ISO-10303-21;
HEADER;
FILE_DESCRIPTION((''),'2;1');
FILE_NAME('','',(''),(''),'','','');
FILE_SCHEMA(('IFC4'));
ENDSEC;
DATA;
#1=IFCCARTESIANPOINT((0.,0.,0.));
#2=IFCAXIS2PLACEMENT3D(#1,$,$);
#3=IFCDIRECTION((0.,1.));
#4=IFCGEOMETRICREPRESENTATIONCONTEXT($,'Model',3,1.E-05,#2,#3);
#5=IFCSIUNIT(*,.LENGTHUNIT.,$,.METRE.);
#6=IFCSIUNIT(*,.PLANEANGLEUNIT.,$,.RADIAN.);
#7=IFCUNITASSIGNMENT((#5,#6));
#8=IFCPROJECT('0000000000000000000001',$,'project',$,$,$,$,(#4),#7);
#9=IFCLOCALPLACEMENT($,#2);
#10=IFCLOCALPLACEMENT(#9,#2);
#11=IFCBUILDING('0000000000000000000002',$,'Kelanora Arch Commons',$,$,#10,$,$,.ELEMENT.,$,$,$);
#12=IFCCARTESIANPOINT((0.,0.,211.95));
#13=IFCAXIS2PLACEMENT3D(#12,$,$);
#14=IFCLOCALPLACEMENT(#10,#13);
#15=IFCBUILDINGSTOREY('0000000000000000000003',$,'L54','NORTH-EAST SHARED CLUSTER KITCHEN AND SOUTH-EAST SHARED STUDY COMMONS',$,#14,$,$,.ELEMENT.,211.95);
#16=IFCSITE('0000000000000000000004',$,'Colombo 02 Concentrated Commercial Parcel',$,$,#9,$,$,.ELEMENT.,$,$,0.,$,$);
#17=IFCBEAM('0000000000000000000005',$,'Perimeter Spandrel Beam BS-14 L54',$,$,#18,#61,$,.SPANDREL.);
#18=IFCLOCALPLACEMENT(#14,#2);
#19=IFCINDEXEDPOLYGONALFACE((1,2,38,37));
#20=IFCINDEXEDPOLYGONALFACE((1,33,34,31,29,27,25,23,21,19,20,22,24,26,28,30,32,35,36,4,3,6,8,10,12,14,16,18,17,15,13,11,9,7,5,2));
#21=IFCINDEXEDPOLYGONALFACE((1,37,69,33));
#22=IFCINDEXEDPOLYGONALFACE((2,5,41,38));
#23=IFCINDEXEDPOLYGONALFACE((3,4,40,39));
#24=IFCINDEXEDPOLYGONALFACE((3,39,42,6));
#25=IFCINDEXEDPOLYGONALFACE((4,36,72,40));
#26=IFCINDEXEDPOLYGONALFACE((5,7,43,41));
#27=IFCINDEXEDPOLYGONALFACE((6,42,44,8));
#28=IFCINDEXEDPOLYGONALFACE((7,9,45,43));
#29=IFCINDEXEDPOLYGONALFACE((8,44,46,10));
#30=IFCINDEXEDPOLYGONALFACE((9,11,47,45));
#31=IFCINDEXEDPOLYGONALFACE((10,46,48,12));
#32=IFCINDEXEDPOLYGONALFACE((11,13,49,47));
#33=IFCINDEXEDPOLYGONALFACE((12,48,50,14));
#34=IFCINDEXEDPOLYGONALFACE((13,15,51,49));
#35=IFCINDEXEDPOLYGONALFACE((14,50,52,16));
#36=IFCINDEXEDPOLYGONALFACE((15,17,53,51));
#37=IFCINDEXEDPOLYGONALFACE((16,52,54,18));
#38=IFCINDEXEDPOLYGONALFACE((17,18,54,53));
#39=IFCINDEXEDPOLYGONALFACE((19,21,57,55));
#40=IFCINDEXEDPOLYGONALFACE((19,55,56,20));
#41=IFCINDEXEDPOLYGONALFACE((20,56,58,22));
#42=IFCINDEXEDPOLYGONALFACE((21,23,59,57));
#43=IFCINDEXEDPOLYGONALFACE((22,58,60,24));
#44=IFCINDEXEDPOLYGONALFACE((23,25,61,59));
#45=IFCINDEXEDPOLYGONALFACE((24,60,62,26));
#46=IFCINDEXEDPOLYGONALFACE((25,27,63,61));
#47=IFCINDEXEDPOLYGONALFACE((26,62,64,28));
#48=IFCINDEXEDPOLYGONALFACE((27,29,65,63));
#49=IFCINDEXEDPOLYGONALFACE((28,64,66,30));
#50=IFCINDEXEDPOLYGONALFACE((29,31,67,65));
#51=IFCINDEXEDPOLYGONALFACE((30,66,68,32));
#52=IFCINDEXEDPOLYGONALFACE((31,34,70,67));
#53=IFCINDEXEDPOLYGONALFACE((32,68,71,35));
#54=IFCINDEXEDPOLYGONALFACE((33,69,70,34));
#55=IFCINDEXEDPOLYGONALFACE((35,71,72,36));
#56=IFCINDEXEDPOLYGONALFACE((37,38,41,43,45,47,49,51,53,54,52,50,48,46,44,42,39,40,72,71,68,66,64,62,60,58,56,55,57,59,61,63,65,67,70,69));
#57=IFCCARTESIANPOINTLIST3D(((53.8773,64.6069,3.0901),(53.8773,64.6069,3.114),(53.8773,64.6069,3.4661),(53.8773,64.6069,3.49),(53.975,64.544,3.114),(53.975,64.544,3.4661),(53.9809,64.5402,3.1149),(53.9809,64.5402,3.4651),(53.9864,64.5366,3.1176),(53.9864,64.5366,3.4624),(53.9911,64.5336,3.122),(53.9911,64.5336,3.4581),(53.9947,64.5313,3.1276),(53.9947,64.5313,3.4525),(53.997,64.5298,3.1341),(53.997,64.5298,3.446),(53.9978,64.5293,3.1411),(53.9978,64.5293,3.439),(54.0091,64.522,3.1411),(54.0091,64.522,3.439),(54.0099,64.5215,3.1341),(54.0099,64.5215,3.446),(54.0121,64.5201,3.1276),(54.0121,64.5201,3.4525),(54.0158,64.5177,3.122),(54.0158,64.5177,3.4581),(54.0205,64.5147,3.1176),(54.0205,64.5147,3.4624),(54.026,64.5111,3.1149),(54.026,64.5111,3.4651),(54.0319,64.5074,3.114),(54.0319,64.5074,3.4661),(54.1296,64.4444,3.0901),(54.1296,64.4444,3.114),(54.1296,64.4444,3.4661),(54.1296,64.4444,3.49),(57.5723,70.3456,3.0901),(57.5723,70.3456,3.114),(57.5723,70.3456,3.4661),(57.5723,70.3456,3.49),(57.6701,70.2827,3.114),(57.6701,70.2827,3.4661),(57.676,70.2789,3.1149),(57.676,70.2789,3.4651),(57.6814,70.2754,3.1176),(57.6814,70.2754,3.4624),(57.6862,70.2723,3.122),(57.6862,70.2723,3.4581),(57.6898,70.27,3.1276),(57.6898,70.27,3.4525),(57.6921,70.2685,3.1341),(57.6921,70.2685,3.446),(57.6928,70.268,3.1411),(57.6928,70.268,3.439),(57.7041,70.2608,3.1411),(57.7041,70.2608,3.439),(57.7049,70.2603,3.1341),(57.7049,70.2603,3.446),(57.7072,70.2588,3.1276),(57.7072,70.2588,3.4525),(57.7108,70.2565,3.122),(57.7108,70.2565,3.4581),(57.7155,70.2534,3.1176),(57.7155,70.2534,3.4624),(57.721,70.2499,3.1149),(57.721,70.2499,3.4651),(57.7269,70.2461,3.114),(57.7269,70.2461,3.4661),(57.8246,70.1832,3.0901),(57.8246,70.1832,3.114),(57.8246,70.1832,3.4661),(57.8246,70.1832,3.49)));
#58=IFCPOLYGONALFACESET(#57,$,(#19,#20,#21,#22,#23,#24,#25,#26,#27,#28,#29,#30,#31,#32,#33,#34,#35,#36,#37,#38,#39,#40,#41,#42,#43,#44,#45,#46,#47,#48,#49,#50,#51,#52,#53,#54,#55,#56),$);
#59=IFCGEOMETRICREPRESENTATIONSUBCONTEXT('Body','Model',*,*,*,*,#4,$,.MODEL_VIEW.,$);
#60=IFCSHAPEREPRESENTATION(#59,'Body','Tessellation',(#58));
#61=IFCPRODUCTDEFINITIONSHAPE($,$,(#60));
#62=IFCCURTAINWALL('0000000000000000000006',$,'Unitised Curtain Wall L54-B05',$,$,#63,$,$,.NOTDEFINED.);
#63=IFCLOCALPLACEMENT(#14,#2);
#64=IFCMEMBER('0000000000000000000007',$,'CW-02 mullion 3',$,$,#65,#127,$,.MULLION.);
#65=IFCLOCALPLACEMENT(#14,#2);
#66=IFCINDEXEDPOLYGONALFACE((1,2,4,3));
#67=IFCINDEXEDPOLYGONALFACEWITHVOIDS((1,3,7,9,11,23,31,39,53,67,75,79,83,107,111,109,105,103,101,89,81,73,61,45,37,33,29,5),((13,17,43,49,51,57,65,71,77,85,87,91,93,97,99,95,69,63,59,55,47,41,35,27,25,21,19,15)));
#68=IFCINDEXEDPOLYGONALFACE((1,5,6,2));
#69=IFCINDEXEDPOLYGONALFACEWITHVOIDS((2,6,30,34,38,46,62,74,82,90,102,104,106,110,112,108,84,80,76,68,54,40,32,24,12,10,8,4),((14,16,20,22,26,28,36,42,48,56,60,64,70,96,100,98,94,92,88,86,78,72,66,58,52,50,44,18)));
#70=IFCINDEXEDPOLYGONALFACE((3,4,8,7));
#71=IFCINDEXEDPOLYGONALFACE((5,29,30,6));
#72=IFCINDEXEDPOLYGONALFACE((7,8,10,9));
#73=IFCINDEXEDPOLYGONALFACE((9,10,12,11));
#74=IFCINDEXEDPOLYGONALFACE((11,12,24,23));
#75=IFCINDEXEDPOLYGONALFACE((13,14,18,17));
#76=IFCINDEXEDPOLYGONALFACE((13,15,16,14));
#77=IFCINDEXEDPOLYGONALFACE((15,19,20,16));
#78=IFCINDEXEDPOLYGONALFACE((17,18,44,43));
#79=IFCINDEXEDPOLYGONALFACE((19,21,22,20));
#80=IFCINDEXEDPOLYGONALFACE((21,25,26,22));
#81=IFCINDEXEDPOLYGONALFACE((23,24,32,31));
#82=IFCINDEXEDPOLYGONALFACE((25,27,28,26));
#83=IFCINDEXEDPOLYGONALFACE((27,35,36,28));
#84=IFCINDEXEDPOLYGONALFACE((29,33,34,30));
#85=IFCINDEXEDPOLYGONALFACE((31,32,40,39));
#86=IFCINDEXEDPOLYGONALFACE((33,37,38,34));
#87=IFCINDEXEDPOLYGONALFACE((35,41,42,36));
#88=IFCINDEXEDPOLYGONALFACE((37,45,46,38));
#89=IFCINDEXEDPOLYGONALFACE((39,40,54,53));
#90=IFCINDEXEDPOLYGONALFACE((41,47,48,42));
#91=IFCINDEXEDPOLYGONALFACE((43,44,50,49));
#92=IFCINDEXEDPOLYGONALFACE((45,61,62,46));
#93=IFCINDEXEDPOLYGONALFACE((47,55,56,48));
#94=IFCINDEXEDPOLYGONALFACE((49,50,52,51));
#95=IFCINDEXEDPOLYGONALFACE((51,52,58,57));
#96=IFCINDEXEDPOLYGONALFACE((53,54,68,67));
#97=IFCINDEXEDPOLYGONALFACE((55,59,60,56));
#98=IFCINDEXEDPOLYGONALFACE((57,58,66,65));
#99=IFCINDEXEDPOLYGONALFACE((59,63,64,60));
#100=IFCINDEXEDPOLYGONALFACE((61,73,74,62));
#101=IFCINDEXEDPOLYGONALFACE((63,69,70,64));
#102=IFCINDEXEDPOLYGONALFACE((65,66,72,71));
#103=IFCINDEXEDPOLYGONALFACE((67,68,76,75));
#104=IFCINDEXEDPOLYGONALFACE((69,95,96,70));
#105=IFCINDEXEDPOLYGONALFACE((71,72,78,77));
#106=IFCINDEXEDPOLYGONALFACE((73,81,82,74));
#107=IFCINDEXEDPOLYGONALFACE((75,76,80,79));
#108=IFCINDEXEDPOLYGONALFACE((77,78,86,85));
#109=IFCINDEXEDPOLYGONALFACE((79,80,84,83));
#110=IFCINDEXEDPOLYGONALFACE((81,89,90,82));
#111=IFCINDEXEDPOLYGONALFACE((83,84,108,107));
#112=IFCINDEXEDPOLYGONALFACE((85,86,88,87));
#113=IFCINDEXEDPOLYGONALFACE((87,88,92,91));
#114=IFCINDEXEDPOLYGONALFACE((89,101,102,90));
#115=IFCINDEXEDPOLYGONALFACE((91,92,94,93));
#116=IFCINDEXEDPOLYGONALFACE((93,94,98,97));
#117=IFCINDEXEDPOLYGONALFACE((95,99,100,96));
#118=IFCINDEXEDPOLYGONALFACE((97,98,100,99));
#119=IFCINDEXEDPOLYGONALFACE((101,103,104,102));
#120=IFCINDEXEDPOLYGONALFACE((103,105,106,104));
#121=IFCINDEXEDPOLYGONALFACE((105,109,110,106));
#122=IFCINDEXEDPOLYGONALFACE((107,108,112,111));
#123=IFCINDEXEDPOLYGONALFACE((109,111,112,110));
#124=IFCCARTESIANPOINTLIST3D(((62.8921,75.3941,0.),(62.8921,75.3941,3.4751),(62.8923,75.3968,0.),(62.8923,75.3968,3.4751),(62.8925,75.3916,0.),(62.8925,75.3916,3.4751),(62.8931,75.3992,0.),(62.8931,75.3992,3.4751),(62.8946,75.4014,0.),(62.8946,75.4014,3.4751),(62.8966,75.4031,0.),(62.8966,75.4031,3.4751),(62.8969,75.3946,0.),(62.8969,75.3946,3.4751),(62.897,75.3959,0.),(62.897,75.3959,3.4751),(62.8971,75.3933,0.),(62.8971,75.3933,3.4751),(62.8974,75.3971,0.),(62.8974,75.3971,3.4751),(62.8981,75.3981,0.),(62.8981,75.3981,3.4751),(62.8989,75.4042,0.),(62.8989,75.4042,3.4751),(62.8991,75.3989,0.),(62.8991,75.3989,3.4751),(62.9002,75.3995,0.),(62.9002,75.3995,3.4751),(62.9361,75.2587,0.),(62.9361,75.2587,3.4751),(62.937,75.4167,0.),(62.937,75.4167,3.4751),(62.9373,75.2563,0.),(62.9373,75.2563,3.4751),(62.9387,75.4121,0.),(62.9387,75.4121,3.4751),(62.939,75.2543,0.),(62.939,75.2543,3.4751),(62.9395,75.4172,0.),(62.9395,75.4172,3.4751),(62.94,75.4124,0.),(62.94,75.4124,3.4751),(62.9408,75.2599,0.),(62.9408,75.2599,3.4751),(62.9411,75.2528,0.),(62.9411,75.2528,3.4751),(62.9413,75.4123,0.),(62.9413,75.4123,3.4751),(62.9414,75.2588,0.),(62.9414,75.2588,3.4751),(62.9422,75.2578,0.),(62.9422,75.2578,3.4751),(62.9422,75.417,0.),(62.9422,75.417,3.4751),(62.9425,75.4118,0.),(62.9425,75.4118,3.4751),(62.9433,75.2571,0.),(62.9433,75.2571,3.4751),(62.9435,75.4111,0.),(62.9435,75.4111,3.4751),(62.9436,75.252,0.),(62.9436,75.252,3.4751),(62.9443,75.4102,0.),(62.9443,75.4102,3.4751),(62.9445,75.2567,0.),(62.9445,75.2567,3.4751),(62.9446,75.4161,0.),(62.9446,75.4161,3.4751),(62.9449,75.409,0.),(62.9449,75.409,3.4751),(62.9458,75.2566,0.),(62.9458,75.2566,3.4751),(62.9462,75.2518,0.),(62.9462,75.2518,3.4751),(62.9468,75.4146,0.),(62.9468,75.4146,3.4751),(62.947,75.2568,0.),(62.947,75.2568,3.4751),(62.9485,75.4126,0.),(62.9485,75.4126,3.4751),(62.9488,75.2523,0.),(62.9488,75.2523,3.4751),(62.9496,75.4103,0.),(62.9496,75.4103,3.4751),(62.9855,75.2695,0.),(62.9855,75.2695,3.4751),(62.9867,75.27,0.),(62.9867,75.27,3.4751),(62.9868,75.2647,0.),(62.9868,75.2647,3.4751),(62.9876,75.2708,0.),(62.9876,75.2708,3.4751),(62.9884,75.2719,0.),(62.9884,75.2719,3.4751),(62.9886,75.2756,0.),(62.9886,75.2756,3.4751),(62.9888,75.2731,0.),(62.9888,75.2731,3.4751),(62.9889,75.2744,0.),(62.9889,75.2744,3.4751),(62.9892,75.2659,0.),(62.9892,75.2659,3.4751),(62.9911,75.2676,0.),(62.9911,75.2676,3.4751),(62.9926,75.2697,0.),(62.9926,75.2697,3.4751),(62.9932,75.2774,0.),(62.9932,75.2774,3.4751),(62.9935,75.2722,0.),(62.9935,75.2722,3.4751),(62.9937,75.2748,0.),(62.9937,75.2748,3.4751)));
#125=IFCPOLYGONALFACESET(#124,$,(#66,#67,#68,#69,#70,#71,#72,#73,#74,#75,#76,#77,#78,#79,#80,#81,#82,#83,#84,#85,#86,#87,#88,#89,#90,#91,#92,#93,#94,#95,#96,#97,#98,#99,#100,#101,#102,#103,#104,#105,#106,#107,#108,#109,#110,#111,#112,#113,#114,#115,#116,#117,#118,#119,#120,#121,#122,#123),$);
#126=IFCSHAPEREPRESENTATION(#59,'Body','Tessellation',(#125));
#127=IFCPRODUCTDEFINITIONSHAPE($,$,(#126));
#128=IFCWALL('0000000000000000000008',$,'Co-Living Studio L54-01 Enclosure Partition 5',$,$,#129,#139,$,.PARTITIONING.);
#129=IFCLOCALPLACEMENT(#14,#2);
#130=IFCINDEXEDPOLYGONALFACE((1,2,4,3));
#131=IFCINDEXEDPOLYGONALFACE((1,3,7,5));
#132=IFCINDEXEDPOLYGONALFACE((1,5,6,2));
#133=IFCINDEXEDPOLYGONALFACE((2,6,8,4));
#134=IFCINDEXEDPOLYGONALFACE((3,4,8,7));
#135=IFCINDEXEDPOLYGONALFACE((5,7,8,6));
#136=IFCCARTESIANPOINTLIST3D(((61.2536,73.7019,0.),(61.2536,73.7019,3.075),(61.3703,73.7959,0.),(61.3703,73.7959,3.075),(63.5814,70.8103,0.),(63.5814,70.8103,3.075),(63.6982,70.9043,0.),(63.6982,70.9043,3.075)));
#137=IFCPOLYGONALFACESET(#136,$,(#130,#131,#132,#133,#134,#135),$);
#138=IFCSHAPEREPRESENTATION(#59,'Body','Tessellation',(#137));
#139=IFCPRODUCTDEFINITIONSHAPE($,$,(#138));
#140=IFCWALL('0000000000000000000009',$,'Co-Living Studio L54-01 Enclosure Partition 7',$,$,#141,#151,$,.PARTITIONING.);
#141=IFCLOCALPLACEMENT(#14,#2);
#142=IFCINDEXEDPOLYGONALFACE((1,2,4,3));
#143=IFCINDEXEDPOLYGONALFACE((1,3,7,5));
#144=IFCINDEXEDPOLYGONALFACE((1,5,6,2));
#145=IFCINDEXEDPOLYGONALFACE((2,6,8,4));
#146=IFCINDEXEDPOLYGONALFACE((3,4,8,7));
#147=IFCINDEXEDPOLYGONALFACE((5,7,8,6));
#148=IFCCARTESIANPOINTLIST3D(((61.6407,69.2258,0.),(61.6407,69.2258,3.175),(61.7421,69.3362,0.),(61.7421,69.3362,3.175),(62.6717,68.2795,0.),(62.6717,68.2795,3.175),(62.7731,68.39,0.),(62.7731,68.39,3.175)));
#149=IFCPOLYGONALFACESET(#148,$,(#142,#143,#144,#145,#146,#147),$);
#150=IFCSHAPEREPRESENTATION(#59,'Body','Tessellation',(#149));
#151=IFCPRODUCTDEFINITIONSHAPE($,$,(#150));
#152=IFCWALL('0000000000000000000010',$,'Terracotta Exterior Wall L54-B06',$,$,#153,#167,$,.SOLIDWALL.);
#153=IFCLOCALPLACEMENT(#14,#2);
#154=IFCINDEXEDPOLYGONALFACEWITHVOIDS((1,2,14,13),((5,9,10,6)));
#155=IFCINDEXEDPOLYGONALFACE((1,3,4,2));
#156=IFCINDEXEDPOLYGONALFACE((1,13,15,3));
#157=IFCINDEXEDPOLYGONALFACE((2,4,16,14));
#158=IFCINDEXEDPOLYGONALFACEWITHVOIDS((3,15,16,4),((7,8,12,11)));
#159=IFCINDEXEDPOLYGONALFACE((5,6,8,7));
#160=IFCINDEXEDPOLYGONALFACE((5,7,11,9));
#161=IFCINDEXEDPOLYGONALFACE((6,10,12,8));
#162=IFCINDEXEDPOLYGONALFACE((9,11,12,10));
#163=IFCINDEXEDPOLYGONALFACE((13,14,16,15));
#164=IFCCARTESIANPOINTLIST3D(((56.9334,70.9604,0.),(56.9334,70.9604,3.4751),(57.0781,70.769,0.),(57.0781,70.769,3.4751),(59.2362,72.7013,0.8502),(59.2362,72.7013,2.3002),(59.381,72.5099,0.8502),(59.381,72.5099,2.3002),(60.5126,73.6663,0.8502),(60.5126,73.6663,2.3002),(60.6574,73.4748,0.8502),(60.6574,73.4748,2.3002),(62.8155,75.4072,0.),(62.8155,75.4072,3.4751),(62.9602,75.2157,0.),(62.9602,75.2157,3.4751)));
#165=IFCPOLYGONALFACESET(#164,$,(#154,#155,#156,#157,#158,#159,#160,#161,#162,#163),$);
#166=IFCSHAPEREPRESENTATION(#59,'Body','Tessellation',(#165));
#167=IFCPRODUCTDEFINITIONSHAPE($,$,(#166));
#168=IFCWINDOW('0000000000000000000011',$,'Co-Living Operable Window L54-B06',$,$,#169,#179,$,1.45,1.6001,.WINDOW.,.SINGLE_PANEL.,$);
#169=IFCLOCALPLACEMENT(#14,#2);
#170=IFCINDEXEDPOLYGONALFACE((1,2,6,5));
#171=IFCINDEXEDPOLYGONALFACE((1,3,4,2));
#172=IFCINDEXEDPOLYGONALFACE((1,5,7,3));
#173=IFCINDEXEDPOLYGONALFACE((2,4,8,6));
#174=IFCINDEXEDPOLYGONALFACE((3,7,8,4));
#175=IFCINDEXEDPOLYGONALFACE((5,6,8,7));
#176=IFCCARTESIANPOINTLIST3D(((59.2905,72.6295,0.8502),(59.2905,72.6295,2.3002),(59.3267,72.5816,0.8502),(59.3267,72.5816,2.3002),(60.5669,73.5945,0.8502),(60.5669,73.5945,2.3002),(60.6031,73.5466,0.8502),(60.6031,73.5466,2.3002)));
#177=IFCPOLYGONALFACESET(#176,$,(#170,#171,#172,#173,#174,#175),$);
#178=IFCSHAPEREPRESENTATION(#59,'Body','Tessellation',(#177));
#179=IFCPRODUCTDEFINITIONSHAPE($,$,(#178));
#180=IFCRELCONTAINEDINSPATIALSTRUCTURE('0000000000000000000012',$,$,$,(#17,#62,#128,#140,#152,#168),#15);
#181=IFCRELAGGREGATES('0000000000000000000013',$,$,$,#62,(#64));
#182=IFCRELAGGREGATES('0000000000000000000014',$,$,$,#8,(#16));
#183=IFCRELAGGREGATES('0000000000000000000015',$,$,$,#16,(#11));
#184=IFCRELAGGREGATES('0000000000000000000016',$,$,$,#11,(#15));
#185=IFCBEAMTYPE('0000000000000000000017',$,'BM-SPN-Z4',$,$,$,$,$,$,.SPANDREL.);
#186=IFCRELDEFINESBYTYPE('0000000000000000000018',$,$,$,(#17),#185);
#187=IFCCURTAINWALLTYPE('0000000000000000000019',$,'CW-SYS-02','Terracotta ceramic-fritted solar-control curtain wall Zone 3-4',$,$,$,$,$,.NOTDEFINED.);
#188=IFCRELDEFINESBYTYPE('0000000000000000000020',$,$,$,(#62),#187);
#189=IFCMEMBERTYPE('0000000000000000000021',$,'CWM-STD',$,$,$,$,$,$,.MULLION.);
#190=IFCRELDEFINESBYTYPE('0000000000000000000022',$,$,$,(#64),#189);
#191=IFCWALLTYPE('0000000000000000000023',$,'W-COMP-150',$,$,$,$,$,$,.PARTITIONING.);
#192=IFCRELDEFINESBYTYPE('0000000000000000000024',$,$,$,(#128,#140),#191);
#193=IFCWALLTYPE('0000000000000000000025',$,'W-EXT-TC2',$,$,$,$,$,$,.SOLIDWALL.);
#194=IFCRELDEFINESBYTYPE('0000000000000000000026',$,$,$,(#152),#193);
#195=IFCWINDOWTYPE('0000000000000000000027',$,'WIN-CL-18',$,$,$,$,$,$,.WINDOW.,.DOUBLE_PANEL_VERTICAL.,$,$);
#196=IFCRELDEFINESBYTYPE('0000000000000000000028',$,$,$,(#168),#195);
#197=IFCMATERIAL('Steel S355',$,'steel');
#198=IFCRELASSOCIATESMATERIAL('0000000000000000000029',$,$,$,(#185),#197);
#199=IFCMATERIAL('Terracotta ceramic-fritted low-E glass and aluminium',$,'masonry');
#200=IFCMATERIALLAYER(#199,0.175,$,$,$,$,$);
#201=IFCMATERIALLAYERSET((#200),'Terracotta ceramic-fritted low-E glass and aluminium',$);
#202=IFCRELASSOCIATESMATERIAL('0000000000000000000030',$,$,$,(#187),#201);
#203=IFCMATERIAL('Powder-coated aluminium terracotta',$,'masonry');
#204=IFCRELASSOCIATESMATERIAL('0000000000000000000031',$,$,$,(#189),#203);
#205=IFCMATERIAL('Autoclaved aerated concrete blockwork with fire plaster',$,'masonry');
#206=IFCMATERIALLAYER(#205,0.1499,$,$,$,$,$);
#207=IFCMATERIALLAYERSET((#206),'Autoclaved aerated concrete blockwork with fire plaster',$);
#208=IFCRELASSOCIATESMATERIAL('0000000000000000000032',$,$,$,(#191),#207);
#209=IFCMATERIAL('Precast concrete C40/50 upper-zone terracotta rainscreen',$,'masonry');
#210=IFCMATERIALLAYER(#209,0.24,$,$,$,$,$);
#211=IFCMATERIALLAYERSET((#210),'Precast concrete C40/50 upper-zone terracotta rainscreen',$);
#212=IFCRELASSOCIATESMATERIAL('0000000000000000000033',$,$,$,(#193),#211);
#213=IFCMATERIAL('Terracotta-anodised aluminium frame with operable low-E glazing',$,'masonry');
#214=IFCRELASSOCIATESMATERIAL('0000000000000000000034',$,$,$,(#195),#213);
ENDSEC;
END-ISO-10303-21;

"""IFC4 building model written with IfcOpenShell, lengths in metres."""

from ifc_helpers import new_model, si_unit, direction, frame, frame_2d, origin, origin_2d, place, context, subcontext, project, spatial, rectangle, hollow_rectangle, i_section, extrude, material, layer, layer_set, material_profile, profile_set, type_object, element, fill, aggregate, save


model = new_model("IFC4")

# Units and contexts
model_context = context("Model", 3, precision=1e-05, world=origin(), true_north=direction((0.0, 1.0)))
body_context = subcontext(model_context, "Body", "Model", "MODEL_VIEW")
ifc_project = project(units=[si_unit("LENGTHUNIT", "METRE"), si_unit("PLANEANGLEUNIT", "RADIAN")], contexts=[model_context])

# Site, building, storey
site_placement = place(None, origin())
site = spatial("IfcSite", under=ifc_project, at=site_placement, Name="Colombo 02 Concentrated Commercial Parcel", CompositionType="ELEMENT", RefElevation=0.0)
building_placement = place(site_placement, origin())
building = spatial("IfcBuilding", under=site, at=building_placement, Name="Kelanora Arch Commons", CompositionType="ELEMENT")
storey_placement = place(building_placement, frame((0.0, 0.0, 211.95)))
storey = spatial("IfcBuildingStorey", under=building, at=storey_placement, Name="L54", Description="NORTH-EAST SHARED CLUSTER KITCHEN AND SOUTH-EAST SHARED STUDY COMMONS", CompositionType="ELEMENT", Elevation=211.95)

# Beam
ifc_material_1 = material(Name="Steel S355", Category="steel")
ifc_material_profile_1 = material_profile(ifc_material_1, i_section(OverallWidth=0.3, OverallDepth=0.3999, WebThickness=0.0134, FlangeThickness=0.0239, FilletRadius=0.0271, at=origin_2d()), Name="HEB400")
ifc_profile_set_1 = profile_set([ifc_material_profile_1], Name="Steel S355")
beam_type_1 = type_object("IfcBeamType", Name="BM-SPN-Z4", PredefinedType="SPANDREL", material=ifc_profile_set_1)
beam_1_placement = place(storey_placement, frame((57.6985, 70.2644, 3.29), z_axis=(-0.541365, -0.840788, 0.0), x_axis=(0.840788, -0.541365, 0.0)))
element("IfcBeam", 1, at=beam_1_placement, inside=storey, type_object=beam_type_1, Name="Perimeter Spandrel Beam BS-14 L54", PredefinedType="SPANDREL", context=body_context, shape_type="SweptSolid", body=[
    extrude(i_section(OverallWidth=0.3, OverallDepth=0.3999, WebThickness=0.0134, FlangeThickness=0.0239, FilletRadius=0.0271, at=origin_2d()), origin(), (0.0, 0.0, 1.0), 6.8254),
])

# Curtain wall, member
ifc_material_2 = material(Name="Terracotta ceramic-fritted low-E glass and aluminium", Category="masonry")
ifc_layer_1 = layer(ifc_material_2, 0.175)
ifc_layer_set_1 = layer_set([ifc_layer_1], Name="Terracotta ceramic-fritted low-E glass and aluminium")
curtain_wall_type = type_object("IfcCurtainWallType", Name="CW-SYS-02", Description="Terracotta ceramic-fritted solar-control curtain wall Zone 3-4", PredefinedType="NOTDEFINED", material=ifc_layer_set_1)
curtain_wall_placement = place(storey_placement, origin())
curtain_wall = element("IfcCurtainWall", 2, at=curtain_wall_placement, inside=storey, type_object=curtain_wall_type, Name="Unitised Curtain Wall L54-B05", PredefinedType="NOTDEFINED")
ifc_material_3 = material(Name="Powder-coated aluminium terracotta", Category="masonry")
ifc_material_profile_2 = material_profile(ifc_material_3, hollow_rectangle(XDim=0.1599, YDim=0.0601, WallThickness=0.0049, InnerFilletRadius=0.0049, OuterFilletRadius=0.01, at=origin_2d()), Name="CWM160x60")
ifc_profile_set_2 = profile_set([ifc_material_profile_2], Name="Powder-coated aluminium terracotta")
member_type = type_object("IfcMemberType", Name="CWM-STD", PredefinedType="MULLION", material=ifc_profile_set_2)
member_placement = place(storey_placement, frame((62.9429, 75.3345, 0.0), z_axis=(0.0, 0.0, 1.0), x_axis=(0.311582, -0.950219, 0.0)))
member = element("IfcMember", 3, at=member_placement, type_object=member_type, Name="CW-02 mullion 3", PredefinedType="MULLION", context=body_context, shape_type="SweptSolid", body=[
    extrude(hollow_rectangle(XDim=0.1599, YDim=0.0601, WallThickness=0.0049, InnerFilletRadius=0.0049, OuterFilletRadius=0.01, at=origin_2d()), origin(), (0.0, 0.0, 1.0), 3.4751),
])
aggregate(curtain_wall, [member])

# Walls
ifc_material_4 = material(Name="Autoclaved aerated concrete blockwork with fire plaster", Category="masonry")
ifc_layer_2 = layer(ifc_material_4, 0.1499)
ifc_layer_set_2 = layer_set([ifc_layer_2], Name="Autoclaved aerated concrete blockwork with fire plaster")
wall_type_1 = type_object("IfcWallType", Name="W-COMP-150", PredefinedType="PARTITIONING", material=ifc_layer_set_2)
wall_1_placement = place(storey_placement, frame((61.312, 73.7488, 0.0), z_axis=(0.0, 0.0, 1.0), x_axis=(0.62709, -0.778947, 0.0)))
element("IfcWall", 4, at=wall_1_placement, inside=storey, type_object=wall_type_1, Name="Co-Living Studio L54-01 Enclosure Partition 5", PredefinedType="PARTITIONING", context=body_context, shape_type="SweptSolid", body=[
    extrude(rectangle(XDim=3.7122, YDim=0.1499, at=frame_2d((1.856, 0.0))), origin(), (0.0, 0.0, 1.0), 3.075),
])
wall_2_placement = place(storey_placement, frame((61.6914, 69.281, 0.0), z_axis=(0.0, 0.0, 1.0), x_axis=(0.736727, -0.676191, 0.0)))
element("IfcWall", 5, at=wall_2_placement, inside=storey, type_object=wall_type_1, Name="Co-Living Studio L54-01 Enclosure Partition 7", PredefinedType="PARTITIONING", context=body_context, shape_type="SweptSolid", body=[
    extrude(rectangle(XDim=1.3994, YDim=0.1499, at=frame_2d((0.6997, 0.0))), origin(), (0.0, 0.0, 1.0), 3.175),
])

# Wall, opening, window
ifc_material_5 = material(Name="Precast concrete C40/50 upper-zone terracotta rainscreen", Category="masonry")
ifc_layer_3 = layer(ifc_material_5, 0.24)
ifc_layer_set_3 = layer_set([ifc_layer_3], Name="Precast concrete C40/50 upper-zone terracotta rainscreen")
wall_type_2 = type_object("IfcWallType", Name="W-EXT-TC2", PredefinedType="SOLIDWALL", material=ifc_layer_set_3)
wall_3_placement = place(storey_placement, frame((62.8879, 75.3115, 0.0), z_axis=(0.0, 0.0, 1.0), x_axis=(-0.797702, -0.603052, 0.0)))
wall_3 = element("IfcWall", 6, at=wall_3_placement, inside=storey, type_object=wall_type_2, Name="Terracotta Exterior Wall L54-B06", PredefinedType="SOLIDWALL", context=body_context, shape_type="SweptSolid", body=[
    extrude(rectangle(XDim=7.3738, YDim=0.24, at=frame_2d((3.687, 0.0))), origin(), (0.0, 0.0, 1.0), 3.4751),
])
opening_1_placement = place(wall_3_placement, frame((2.887, 0.0, 0.8501)))
opening_1 = element("IfcOpeningElement", 7, at=opening_1_placement, cuts=wall_3, PredefinedType="OPENING", context=body_context, shape_type="SweptSolid", body=[
    extrude(rectangle(XDim=1.6001, YDim=1.45, at=frame_2d((0.8, 0.7251))), frame((0.0, 0.1299, 0.0), z_axis=(0.0, -1.0, 0.0), x_axis=(1.0, 0.0, 0.0)), (0.0, 0.0, 1.0), 0.26),
])
ifc_material_6 = material(Name="Terracotta-anodised aluminium frame with operable low-E glazing", Category="masonry")
window_type_1 = type_object("IfcWindowType", Name="WIN-CL-18", PartitioningType="DOUBLE_PANEL_VERTICAL", PredefinedType="WINDOW", material=ifc_material_6)
window_1_placement = place(opening_1_placement, origin())
window_1 = element("IfcWindow", 8, at=window_1_placement, inside=storey, type_object=window_type_1, Name="Co-Living Operable Window L54-B06", OverallHeight=1.45, OverallWidth=1.6001, PartitioningType="SINGLE_PANEL", PredefinedType="WINDOW", context=body_context, shape_type="SweptSolid", body=[
    extrude(rectangle(XDim=1.6001, YDim=1.45, at=frame_2d((0.8, 0.7251))), frame((0.0, 0.03, 0.0), z_axis=(0.0, -1.0, 0.0), x_axis=(1.0, 0.0, 0.0)), (0.0, 0.0, 1.0), 0.0601),
])
fill(opening_1, window_1)

save(model, "model.ifc")
